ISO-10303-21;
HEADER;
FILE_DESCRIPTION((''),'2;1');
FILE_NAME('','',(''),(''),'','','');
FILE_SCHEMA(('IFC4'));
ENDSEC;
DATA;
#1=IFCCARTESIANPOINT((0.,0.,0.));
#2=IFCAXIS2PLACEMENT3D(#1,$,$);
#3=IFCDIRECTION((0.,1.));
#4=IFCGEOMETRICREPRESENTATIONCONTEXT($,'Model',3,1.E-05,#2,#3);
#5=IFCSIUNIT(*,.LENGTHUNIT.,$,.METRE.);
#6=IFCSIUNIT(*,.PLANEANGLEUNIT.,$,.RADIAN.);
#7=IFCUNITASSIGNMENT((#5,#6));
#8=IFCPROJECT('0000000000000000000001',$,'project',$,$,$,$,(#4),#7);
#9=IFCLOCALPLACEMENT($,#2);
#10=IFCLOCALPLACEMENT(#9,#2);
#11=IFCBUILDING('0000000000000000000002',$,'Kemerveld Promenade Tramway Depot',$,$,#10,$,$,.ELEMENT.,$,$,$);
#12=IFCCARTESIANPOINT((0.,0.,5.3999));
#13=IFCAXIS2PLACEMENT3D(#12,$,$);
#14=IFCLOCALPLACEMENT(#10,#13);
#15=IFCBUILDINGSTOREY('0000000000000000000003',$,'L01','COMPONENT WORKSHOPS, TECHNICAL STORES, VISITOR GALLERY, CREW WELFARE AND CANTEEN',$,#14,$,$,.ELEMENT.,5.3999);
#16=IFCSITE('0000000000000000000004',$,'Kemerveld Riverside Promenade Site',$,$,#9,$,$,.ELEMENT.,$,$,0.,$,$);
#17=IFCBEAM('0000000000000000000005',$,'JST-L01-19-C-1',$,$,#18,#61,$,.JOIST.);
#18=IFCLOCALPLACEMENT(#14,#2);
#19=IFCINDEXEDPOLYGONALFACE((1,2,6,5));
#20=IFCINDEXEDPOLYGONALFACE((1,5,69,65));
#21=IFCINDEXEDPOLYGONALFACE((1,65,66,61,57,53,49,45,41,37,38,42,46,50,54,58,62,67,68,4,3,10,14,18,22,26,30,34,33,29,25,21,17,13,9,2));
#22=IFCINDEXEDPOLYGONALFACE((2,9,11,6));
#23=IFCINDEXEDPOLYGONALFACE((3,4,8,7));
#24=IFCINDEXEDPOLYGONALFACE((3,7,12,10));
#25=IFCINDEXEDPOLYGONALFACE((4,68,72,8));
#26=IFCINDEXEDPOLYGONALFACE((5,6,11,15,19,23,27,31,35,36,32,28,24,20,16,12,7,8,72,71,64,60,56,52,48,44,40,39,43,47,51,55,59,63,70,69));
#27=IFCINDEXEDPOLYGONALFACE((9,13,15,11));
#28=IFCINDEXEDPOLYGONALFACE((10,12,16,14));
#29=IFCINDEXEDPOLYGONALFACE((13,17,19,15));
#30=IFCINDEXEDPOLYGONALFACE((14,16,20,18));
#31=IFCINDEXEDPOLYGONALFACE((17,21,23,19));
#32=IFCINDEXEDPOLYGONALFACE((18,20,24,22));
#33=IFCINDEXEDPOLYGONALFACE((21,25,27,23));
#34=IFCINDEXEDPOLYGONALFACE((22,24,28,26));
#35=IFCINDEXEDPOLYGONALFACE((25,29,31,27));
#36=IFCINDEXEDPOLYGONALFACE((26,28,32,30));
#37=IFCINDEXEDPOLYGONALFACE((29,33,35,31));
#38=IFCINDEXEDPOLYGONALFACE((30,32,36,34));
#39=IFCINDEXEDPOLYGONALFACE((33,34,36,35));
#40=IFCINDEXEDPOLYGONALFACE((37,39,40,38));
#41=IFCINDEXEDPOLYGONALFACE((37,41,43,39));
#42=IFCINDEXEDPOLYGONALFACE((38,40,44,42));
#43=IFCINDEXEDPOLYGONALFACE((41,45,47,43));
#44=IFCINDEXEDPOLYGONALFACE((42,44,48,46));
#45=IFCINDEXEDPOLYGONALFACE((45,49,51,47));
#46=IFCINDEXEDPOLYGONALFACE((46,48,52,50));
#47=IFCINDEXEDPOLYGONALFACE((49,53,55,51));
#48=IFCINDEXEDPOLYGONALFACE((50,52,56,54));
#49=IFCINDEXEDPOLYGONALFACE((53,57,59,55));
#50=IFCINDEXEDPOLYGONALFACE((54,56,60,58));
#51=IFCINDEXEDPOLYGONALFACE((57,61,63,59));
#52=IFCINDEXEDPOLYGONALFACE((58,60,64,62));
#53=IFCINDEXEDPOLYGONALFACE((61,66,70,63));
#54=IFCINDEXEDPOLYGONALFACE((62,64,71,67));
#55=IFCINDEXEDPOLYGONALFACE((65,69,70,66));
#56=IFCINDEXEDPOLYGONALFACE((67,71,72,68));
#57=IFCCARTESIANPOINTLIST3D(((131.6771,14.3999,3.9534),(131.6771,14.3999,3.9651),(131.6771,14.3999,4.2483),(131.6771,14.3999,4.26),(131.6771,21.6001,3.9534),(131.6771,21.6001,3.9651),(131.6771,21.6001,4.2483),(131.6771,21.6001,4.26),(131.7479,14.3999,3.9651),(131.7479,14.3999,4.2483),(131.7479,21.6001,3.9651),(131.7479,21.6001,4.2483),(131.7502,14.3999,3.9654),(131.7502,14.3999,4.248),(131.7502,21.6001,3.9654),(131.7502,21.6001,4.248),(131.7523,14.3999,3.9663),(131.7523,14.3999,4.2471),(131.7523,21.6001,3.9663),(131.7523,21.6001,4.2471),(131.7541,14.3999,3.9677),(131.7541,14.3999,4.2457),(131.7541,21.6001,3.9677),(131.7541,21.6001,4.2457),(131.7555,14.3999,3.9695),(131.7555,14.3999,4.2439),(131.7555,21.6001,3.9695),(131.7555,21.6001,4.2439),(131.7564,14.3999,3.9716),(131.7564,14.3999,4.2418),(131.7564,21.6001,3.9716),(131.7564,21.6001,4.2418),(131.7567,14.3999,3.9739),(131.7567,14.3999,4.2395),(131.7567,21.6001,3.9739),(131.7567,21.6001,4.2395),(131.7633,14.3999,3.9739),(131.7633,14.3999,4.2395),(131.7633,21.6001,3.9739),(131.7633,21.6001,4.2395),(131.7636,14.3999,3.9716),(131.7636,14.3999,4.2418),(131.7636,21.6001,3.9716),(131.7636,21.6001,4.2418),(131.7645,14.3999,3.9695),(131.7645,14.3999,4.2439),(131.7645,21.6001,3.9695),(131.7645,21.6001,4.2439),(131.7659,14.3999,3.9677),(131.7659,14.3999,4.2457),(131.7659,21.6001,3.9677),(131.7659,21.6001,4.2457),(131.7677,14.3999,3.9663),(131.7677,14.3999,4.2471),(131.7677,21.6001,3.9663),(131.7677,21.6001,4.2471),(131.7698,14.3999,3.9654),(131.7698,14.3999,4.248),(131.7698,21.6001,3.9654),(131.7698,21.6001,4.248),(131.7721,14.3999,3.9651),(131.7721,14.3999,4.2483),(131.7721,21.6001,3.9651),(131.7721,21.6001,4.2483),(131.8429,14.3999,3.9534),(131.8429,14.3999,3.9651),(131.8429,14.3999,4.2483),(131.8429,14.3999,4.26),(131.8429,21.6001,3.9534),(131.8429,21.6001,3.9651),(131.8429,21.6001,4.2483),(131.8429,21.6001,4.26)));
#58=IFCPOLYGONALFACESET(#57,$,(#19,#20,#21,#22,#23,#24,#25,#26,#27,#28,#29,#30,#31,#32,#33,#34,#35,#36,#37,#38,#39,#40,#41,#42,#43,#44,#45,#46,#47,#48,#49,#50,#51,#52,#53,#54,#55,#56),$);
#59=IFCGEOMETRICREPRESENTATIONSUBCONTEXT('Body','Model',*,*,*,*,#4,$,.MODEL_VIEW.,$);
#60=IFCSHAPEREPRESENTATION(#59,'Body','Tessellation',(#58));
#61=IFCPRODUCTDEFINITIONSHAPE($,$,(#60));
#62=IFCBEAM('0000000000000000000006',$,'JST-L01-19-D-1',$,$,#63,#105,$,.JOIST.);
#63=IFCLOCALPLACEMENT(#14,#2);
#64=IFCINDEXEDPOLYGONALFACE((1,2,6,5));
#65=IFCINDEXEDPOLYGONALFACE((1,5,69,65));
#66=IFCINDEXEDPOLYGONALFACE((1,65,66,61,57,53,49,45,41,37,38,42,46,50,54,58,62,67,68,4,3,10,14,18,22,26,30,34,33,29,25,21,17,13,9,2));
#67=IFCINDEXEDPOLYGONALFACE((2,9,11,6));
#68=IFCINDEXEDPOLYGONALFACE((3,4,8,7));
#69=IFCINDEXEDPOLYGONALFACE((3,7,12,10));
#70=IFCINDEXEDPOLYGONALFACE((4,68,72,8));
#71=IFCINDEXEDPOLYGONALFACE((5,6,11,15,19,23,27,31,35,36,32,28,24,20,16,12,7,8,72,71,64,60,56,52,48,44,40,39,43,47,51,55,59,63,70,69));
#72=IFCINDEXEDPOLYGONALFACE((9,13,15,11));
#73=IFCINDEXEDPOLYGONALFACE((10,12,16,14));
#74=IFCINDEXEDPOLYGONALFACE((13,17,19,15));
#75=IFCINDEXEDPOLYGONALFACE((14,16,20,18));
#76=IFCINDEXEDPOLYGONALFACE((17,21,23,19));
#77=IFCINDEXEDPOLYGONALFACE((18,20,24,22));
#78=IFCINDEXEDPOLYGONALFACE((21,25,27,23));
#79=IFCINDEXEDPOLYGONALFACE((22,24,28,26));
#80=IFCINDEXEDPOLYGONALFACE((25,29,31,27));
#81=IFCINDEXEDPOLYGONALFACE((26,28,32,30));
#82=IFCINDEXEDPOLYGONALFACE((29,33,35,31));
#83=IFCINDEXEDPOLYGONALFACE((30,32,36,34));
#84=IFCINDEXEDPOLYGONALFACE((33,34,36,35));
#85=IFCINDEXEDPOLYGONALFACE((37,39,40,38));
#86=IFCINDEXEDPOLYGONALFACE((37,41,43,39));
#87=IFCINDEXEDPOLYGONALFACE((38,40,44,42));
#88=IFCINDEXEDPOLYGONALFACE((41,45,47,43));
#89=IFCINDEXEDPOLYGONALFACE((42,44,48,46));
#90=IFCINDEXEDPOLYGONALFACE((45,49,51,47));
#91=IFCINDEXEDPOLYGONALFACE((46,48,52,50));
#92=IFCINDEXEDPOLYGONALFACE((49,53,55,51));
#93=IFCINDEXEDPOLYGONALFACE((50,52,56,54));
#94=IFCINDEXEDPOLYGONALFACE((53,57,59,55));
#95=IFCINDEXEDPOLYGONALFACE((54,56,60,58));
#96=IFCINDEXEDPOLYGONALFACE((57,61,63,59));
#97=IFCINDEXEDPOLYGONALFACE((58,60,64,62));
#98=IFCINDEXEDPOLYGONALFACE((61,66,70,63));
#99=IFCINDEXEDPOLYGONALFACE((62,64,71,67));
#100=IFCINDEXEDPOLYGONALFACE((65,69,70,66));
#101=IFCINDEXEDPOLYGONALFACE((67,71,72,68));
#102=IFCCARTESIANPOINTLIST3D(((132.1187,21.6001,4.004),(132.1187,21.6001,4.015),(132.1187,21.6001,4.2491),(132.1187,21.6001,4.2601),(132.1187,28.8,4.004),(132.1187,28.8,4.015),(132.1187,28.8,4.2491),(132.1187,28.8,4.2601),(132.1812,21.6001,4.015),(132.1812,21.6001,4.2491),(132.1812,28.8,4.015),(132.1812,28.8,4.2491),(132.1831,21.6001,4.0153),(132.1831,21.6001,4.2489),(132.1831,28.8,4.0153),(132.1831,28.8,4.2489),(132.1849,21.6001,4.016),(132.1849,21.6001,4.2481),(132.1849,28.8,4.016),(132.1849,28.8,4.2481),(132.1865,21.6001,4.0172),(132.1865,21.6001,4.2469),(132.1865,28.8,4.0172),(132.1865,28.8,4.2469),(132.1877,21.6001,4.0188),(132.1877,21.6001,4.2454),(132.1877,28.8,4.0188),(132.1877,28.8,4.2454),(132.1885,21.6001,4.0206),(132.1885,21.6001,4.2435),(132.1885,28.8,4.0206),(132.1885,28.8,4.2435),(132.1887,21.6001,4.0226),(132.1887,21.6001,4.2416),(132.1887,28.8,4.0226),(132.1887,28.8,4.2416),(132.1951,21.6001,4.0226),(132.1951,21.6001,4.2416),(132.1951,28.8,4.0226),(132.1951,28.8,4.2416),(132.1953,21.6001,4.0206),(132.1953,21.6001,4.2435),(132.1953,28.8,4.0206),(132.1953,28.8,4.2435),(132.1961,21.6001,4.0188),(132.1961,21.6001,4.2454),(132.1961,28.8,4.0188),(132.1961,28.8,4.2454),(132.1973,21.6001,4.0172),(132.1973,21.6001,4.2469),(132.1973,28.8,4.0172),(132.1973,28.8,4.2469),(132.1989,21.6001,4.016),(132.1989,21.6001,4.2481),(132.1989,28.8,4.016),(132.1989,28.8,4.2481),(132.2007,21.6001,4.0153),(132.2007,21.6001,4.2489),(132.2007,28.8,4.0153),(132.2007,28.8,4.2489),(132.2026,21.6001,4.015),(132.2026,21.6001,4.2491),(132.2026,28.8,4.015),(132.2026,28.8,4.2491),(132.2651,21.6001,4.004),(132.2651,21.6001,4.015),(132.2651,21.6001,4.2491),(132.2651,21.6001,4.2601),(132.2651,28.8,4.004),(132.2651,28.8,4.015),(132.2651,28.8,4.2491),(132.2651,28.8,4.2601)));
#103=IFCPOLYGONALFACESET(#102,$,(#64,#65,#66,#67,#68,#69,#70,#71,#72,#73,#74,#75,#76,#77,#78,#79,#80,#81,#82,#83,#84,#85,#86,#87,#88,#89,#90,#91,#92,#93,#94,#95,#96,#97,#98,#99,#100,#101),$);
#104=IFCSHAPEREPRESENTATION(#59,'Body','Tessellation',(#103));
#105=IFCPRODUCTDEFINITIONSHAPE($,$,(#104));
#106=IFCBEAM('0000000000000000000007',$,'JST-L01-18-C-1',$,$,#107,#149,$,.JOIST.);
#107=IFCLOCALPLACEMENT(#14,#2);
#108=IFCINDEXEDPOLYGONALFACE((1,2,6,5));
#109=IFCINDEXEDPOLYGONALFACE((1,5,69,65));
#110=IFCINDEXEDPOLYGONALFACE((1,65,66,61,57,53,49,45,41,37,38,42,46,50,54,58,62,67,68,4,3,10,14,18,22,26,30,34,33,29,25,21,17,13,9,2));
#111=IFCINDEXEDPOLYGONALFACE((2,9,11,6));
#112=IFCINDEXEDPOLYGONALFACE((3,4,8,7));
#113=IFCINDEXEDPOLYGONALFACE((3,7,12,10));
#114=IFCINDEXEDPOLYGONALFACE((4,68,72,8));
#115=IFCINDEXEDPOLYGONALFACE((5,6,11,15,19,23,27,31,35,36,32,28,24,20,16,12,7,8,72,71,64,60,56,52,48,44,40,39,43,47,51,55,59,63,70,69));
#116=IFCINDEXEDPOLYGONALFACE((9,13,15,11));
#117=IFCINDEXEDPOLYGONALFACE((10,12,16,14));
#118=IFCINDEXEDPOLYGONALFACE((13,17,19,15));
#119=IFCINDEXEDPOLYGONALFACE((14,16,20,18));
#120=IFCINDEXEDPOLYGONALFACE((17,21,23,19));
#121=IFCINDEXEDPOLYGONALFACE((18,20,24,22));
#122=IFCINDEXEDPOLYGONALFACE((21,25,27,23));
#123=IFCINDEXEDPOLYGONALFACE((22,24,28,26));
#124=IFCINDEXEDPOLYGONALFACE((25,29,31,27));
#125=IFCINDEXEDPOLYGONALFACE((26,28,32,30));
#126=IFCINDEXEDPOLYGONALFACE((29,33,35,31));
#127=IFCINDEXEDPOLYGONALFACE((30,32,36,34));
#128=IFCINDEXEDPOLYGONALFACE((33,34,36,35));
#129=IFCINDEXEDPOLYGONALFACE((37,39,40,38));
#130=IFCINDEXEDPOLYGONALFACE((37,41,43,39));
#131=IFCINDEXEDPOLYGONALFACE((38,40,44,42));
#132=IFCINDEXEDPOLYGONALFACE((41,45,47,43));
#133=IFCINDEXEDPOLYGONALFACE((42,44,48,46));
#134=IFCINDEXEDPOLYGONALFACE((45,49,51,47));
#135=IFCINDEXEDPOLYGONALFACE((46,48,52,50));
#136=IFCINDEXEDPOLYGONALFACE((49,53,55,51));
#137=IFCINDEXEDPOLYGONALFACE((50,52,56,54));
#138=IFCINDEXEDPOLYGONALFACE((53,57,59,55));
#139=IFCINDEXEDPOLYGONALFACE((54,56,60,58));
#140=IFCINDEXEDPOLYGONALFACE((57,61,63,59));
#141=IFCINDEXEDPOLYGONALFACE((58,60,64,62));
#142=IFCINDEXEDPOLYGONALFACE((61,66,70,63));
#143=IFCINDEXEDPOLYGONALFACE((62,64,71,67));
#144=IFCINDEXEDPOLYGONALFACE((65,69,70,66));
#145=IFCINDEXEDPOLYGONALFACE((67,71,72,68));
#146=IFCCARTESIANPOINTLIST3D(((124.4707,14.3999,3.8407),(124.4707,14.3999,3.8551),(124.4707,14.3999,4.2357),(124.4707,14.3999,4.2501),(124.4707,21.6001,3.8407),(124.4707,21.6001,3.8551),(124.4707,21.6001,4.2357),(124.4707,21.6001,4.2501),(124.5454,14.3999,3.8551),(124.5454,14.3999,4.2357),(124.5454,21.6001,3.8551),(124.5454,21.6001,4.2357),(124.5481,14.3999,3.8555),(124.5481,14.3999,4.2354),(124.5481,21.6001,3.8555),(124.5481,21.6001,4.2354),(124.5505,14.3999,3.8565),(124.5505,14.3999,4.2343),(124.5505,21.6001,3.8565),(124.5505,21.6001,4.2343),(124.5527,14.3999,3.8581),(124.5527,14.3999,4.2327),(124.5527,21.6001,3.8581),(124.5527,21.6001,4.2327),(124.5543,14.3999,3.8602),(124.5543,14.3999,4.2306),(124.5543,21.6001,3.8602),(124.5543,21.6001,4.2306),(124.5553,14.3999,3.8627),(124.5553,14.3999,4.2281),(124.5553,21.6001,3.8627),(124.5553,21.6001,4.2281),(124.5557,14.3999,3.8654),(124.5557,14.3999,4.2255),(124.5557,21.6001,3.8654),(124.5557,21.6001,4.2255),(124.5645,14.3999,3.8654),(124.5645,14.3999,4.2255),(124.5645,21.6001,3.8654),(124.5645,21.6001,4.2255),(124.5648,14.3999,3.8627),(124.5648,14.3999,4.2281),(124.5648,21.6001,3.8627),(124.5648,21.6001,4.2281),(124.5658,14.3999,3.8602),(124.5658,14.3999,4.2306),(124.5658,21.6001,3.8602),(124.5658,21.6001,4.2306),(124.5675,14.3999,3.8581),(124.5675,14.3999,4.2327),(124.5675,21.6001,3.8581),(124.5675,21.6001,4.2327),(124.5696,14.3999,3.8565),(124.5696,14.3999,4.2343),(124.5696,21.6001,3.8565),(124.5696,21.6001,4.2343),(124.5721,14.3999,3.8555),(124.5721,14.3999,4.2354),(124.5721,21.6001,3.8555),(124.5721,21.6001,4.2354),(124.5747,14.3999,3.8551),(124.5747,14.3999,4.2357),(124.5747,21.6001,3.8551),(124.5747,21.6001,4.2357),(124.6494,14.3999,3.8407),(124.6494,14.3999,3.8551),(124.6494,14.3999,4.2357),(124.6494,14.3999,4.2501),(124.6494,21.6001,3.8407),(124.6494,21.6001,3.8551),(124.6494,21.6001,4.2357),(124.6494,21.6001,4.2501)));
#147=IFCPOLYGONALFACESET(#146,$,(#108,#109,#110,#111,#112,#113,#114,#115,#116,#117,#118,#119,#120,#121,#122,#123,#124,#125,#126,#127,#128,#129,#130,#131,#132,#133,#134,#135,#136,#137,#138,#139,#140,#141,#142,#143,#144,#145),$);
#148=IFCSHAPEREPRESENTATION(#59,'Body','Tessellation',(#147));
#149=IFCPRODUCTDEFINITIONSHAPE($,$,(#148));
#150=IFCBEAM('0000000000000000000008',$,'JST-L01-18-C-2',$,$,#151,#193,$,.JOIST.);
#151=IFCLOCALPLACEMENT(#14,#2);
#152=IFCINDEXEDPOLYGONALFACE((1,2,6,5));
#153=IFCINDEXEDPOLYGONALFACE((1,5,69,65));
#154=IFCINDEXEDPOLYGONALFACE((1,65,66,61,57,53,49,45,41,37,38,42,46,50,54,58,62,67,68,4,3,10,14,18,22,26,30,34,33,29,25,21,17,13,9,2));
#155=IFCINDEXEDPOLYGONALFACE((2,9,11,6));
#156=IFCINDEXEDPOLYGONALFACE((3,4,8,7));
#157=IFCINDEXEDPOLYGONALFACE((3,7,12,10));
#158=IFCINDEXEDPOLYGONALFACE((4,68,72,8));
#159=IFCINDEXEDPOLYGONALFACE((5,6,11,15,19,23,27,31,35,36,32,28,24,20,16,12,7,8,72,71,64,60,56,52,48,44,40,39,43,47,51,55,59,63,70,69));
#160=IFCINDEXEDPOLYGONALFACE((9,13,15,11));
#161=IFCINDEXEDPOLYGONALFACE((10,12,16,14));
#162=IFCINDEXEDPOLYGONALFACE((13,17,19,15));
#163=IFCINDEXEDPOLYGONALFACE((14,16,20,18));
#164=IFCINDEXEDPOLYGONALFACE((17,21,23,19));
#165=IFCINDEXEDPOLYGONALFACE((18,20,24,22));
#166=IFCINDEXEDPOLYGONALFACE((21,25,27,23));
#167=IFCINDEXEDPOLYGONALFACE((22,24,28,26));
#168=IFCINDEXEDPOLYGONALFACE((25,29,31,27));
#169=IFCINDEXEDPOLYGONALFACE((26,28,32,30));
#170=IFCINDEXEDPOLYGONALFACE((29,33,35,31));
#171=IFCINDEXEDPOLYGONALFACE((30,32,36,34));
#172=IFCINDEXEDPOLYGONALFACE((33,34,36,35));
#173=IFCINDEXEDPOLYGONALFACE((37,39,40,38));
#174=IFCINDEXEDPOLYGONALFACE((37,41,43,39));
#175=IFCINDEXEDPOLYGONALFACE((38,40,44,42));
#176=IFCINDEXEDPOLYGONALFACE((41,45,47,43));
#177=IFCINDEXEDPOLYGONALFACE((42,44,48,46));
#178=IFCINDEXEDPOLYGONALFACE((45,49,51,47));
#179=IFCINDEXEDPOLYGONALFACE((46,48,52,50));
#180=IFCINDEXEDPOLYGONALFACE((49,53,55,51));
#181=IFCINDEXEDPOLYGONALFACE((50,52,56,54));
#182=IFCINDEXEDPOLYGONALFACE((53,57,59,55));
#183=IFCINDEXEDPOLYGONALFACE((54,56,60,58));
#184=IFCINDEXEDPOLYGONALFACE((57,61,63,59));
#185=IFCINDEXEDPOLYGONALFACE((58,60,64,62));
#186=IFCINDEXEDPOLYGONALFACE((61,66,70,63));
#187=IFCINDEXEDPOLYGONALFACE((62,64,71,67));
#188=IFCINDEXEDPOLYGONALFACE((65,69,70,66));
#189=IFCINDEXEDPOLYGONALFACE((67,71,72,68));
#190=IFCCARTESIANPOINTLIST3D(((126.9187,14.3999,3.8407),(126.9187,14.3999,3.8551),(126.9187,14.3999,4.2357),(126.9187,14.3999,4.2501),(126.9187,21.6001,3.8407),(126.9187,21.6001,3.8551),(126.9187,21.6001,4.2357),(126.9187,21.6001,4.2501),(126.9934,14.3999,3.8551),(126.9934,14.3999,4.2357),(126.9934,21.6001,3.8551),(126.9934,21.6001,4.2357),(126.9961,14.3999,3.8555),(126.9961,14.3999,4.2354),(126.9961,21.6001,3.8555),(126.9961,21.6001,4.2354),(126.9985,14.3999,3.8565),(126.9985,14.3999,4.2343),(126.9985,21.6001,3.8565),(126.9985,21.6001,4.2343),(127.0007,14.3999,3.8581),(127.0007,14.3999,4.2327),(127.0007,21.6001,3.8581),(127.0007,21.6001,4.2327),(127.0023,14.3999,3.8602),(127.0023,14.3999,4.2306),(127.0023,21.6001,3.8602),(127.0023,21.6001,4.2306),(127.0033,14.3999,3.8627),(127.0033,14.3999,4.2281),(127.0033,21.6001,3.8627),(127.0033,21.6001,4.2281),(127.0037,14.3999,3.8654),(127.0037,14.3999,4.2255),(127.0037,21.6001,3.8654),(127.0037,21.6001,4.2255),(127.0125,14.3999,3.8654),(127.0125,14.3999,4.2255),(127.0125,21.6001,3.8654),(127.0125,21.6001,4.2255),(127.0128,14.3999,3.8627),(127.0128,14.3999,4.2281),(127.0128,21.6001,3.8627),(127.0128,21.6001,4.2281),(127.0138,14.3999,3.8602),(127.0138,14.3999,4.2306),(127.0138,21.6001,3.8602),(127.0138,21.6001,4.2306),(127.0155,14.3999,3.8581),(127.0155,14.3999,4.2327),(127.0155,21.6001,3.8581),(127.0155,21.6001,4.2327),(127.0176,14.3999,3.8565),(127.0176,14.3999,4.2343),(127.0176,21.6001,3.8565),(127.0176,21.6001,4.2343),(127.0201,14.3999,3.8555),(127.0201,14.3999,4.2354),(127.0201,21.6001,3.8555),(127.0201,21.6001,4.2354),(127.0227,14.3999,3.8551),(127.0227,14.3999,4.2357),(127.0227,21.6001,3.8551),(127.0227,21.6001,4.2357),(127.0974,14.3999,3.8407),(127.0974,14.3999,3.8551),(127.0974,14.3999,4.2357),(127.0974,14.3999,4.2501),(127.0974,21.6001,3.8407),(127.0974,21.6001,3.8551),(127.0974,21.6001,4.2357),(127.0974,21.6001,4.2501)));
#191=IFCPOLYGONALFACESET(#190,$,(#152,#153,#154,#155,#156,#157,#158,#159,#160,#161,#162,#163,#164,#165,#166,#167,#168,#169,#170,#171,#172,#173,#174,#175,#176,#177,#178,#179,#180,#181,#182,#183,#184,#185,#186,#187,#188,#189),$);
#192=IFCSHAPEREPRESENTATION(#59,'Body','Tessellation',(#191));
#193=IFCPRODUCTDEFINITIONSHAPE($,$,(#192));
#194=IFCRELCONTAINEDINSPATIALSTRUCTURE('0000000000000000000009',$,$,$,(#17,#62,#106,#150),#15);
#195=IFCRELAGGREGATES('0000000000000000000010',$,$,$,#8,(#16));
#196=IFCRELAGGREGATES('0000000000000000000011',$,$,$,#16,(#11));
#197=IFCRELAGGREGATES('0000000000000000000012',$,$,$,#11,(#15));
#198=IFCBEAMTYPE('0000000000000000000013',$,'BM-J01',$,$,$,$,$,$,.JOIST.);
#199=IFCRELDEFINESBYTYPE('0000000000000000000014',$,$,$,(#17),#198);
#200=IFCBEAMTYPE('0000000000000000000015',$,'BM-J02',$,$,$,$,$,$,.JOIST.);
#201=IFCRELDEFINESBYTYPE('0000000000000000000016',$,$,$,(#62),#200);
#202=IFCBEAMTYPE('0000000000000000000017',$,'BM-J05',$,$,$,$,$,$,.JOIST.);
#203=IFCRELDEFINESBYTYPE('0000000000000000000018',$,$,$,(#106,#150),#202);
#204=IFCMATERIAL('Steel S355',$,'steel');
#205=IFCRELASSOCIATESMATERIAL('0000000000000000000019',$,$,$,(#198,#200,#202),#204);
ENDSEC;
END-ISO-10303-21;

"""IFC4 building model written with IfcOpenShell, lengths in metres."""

from ifc_helpers import new_model, si_unit, direction, frame, origin, origin_2d, place, context, subcontext, project, spatial, i_section, extrude, material, material_profile, profile_set, type_object, element, save


model = new_model("IFC4")

# Units and contexts
model_context = context("Model", 3, precision=1e-05, world=origin(), true_north=direction((0.0, 1.0)))
body_context = subcontext(model_context, "Body", "Model", "MODEL_VIEW")
ifc_project = project(units=[si_unit("LENGTHUNIT", "METRE"), si_unit("PLANEANGLEUNIT", "RADIAN")], contexts=[model_context])

# Site, building, storey
site_placement = place(None, origin())
site = spatial("IfcSite", under=ifc_project, at=site_placement, Name="Kemerveld Riverside Promenade Site", CompositionType="ELEMENT", RefElevation=0.0)
building_placement = place(site_placement, origin())
building = spatial("IfcBuilding", under=site, at=building_placement, Name="Kemerveld Promenade Tramway Depot", CompositionType="ELEMENT")
storey_placement = place(building_placement, frame((0.0, 0.0, 5.3999)))
storey = spatial("IfcBuildingStorey", under=building, at=storey_placement, Name="L01", Description="COMPONENT WORKSHOPS, TECHNICAL STORES, VISITOR GALLERY, CREW WELFARE AND CANTEEN", CompositionType="ELEMENT", Elevation=5.3999)

# Shared definitions
ifc_material_1 = material(Name="Steel S355", Category="steel")

# Beams
ifc_material_profile_1 = material_profile(ifc_material_1, i_section(OverallWidth=0.1658, OverallDepth=0.3066, WebThickness=0.0066, FlangeThickness=0.0117, FilletRadius=0.0088, at=origin_2d()), Name="305x165x46 UB")
ifc_profile_set_1 = profile_set([ifc_material_profile_1], Name="Steel S355")
beam_type_1 = type_object("IfcBeamType", Name="BM-J01", PredefinedType="JOIST", material=ifc_profile_set_1)
beam_1_placement = place(storey_placement, frame((131.76, 14.3999, 4.1067), z_axis=(0.0, 1.0, 0.0), x_axis=(-1.0, 0.0, 0.0)))
element("IfcBeam", 1, at=beam_1_placement, inside=storey, type_object=beam_type_1, Name="JST-L01-19-C-1", PredefinedType="JOIST", context=body_context, shape_type="SweptSolid", body=[
    extrude(i_section(OverallWidth=0.1658, OverallDepth=0.3066, WebThickness=0.0066, FlangeThickness=0.0117, FilletRadius=0.0088, at=origin_2d()), origin(), (0.0, 0.0, 1.0), 7.2002),
])
ifc_material_profile_2 = material_profile(ifc_material_1, i_section(OverallWidth=0.1465, OverallDepth=0.2561, WebThickness=0.0063, FlangeThickness=0.011, FilletRadius=0.0076, at=origin_2d()), Name="254x146x37 UB")
ifc_profile_set_2 = profile_set([ifc_material_profile_2], Name="Steel S355")
beam_type_2 = type_object("IfcBeamType", Name="BM-J02", PredefinedType="JOIST", material=ifc_profile_set_2)
beam_2_placement = place(storey_placement, frame((132.1919, 21.6001, 4.1321), z_axis=(0.0, 1.0, 0.0), x_axis=(-1.0, 0.0, 0.0)))
element("IfcBeam", 2, at=beam_2_placement, inside=storey, type_object=beam_type_2, Name="JST-L01-19-D-1", PredefinedType="JOIST", context=body_context, shape_type="SweptSolid", body=[
    extrude(i_section(OverallWidth=0.1465, OverallDepth=0.2561, WebThickness=0.0063, FlangeThickness=0.011, FilletRadius=0.0076, at=origin_2d()), origin(), (0.0, 0.0, 1.0), 7.2),
])
ifc_material_profile_3 = material_profile(ifc_material_1, i_section(OverallWidth=0.1787, OverallDepth=0.4094, WebThickness=0.0088, FlangeThickness=0.0144, FilletRadius=0.0103, at=origin_2d()), Name="406x178x67 UB")
ifc_profile_set_3 = profile_set([ifc_material_profile_3], Name="Steel S355")
beam_type_3 = type_object("IfcBeamType", Name="BM-J05", PredefinedType="JOIST", material=ifc_profile_set_3)
for number, where, z_axis, x_axis, name in (
    (3, (124.5601, 14.3999, 4.0454), (0.0, 1.0, 0.0), (-1.0, 0.0, 0.0), "JST-L01-18-C-1"),
    (4, (127.0081, 14.3999, 4.0454), (0.0, 1.0, 0.0), (-1.0, 0.0, 0.0), "JST-L01-18-C-2"),
):
    element("IfcBeam", number, at=place(storey_placement, frame(where, z_axis=z_axis, x_axis=x_axis)), inside=storey, type_object=beam_type_3, Name=name, PredefinedType="JOIST", context=body_context, shape_type="SweptSolid", body=[
        extrude(i_section(OverallWidth=0.1787, OverallDepth=0.4094, WebThickness=0.0088, FlangeThickness=0.0144, FilletRadius=0.0103, at=origin_2d()), origin(), (0.0, 0.0, 1.0), 7.2002),
    ])

save(model, "model.ifc")
